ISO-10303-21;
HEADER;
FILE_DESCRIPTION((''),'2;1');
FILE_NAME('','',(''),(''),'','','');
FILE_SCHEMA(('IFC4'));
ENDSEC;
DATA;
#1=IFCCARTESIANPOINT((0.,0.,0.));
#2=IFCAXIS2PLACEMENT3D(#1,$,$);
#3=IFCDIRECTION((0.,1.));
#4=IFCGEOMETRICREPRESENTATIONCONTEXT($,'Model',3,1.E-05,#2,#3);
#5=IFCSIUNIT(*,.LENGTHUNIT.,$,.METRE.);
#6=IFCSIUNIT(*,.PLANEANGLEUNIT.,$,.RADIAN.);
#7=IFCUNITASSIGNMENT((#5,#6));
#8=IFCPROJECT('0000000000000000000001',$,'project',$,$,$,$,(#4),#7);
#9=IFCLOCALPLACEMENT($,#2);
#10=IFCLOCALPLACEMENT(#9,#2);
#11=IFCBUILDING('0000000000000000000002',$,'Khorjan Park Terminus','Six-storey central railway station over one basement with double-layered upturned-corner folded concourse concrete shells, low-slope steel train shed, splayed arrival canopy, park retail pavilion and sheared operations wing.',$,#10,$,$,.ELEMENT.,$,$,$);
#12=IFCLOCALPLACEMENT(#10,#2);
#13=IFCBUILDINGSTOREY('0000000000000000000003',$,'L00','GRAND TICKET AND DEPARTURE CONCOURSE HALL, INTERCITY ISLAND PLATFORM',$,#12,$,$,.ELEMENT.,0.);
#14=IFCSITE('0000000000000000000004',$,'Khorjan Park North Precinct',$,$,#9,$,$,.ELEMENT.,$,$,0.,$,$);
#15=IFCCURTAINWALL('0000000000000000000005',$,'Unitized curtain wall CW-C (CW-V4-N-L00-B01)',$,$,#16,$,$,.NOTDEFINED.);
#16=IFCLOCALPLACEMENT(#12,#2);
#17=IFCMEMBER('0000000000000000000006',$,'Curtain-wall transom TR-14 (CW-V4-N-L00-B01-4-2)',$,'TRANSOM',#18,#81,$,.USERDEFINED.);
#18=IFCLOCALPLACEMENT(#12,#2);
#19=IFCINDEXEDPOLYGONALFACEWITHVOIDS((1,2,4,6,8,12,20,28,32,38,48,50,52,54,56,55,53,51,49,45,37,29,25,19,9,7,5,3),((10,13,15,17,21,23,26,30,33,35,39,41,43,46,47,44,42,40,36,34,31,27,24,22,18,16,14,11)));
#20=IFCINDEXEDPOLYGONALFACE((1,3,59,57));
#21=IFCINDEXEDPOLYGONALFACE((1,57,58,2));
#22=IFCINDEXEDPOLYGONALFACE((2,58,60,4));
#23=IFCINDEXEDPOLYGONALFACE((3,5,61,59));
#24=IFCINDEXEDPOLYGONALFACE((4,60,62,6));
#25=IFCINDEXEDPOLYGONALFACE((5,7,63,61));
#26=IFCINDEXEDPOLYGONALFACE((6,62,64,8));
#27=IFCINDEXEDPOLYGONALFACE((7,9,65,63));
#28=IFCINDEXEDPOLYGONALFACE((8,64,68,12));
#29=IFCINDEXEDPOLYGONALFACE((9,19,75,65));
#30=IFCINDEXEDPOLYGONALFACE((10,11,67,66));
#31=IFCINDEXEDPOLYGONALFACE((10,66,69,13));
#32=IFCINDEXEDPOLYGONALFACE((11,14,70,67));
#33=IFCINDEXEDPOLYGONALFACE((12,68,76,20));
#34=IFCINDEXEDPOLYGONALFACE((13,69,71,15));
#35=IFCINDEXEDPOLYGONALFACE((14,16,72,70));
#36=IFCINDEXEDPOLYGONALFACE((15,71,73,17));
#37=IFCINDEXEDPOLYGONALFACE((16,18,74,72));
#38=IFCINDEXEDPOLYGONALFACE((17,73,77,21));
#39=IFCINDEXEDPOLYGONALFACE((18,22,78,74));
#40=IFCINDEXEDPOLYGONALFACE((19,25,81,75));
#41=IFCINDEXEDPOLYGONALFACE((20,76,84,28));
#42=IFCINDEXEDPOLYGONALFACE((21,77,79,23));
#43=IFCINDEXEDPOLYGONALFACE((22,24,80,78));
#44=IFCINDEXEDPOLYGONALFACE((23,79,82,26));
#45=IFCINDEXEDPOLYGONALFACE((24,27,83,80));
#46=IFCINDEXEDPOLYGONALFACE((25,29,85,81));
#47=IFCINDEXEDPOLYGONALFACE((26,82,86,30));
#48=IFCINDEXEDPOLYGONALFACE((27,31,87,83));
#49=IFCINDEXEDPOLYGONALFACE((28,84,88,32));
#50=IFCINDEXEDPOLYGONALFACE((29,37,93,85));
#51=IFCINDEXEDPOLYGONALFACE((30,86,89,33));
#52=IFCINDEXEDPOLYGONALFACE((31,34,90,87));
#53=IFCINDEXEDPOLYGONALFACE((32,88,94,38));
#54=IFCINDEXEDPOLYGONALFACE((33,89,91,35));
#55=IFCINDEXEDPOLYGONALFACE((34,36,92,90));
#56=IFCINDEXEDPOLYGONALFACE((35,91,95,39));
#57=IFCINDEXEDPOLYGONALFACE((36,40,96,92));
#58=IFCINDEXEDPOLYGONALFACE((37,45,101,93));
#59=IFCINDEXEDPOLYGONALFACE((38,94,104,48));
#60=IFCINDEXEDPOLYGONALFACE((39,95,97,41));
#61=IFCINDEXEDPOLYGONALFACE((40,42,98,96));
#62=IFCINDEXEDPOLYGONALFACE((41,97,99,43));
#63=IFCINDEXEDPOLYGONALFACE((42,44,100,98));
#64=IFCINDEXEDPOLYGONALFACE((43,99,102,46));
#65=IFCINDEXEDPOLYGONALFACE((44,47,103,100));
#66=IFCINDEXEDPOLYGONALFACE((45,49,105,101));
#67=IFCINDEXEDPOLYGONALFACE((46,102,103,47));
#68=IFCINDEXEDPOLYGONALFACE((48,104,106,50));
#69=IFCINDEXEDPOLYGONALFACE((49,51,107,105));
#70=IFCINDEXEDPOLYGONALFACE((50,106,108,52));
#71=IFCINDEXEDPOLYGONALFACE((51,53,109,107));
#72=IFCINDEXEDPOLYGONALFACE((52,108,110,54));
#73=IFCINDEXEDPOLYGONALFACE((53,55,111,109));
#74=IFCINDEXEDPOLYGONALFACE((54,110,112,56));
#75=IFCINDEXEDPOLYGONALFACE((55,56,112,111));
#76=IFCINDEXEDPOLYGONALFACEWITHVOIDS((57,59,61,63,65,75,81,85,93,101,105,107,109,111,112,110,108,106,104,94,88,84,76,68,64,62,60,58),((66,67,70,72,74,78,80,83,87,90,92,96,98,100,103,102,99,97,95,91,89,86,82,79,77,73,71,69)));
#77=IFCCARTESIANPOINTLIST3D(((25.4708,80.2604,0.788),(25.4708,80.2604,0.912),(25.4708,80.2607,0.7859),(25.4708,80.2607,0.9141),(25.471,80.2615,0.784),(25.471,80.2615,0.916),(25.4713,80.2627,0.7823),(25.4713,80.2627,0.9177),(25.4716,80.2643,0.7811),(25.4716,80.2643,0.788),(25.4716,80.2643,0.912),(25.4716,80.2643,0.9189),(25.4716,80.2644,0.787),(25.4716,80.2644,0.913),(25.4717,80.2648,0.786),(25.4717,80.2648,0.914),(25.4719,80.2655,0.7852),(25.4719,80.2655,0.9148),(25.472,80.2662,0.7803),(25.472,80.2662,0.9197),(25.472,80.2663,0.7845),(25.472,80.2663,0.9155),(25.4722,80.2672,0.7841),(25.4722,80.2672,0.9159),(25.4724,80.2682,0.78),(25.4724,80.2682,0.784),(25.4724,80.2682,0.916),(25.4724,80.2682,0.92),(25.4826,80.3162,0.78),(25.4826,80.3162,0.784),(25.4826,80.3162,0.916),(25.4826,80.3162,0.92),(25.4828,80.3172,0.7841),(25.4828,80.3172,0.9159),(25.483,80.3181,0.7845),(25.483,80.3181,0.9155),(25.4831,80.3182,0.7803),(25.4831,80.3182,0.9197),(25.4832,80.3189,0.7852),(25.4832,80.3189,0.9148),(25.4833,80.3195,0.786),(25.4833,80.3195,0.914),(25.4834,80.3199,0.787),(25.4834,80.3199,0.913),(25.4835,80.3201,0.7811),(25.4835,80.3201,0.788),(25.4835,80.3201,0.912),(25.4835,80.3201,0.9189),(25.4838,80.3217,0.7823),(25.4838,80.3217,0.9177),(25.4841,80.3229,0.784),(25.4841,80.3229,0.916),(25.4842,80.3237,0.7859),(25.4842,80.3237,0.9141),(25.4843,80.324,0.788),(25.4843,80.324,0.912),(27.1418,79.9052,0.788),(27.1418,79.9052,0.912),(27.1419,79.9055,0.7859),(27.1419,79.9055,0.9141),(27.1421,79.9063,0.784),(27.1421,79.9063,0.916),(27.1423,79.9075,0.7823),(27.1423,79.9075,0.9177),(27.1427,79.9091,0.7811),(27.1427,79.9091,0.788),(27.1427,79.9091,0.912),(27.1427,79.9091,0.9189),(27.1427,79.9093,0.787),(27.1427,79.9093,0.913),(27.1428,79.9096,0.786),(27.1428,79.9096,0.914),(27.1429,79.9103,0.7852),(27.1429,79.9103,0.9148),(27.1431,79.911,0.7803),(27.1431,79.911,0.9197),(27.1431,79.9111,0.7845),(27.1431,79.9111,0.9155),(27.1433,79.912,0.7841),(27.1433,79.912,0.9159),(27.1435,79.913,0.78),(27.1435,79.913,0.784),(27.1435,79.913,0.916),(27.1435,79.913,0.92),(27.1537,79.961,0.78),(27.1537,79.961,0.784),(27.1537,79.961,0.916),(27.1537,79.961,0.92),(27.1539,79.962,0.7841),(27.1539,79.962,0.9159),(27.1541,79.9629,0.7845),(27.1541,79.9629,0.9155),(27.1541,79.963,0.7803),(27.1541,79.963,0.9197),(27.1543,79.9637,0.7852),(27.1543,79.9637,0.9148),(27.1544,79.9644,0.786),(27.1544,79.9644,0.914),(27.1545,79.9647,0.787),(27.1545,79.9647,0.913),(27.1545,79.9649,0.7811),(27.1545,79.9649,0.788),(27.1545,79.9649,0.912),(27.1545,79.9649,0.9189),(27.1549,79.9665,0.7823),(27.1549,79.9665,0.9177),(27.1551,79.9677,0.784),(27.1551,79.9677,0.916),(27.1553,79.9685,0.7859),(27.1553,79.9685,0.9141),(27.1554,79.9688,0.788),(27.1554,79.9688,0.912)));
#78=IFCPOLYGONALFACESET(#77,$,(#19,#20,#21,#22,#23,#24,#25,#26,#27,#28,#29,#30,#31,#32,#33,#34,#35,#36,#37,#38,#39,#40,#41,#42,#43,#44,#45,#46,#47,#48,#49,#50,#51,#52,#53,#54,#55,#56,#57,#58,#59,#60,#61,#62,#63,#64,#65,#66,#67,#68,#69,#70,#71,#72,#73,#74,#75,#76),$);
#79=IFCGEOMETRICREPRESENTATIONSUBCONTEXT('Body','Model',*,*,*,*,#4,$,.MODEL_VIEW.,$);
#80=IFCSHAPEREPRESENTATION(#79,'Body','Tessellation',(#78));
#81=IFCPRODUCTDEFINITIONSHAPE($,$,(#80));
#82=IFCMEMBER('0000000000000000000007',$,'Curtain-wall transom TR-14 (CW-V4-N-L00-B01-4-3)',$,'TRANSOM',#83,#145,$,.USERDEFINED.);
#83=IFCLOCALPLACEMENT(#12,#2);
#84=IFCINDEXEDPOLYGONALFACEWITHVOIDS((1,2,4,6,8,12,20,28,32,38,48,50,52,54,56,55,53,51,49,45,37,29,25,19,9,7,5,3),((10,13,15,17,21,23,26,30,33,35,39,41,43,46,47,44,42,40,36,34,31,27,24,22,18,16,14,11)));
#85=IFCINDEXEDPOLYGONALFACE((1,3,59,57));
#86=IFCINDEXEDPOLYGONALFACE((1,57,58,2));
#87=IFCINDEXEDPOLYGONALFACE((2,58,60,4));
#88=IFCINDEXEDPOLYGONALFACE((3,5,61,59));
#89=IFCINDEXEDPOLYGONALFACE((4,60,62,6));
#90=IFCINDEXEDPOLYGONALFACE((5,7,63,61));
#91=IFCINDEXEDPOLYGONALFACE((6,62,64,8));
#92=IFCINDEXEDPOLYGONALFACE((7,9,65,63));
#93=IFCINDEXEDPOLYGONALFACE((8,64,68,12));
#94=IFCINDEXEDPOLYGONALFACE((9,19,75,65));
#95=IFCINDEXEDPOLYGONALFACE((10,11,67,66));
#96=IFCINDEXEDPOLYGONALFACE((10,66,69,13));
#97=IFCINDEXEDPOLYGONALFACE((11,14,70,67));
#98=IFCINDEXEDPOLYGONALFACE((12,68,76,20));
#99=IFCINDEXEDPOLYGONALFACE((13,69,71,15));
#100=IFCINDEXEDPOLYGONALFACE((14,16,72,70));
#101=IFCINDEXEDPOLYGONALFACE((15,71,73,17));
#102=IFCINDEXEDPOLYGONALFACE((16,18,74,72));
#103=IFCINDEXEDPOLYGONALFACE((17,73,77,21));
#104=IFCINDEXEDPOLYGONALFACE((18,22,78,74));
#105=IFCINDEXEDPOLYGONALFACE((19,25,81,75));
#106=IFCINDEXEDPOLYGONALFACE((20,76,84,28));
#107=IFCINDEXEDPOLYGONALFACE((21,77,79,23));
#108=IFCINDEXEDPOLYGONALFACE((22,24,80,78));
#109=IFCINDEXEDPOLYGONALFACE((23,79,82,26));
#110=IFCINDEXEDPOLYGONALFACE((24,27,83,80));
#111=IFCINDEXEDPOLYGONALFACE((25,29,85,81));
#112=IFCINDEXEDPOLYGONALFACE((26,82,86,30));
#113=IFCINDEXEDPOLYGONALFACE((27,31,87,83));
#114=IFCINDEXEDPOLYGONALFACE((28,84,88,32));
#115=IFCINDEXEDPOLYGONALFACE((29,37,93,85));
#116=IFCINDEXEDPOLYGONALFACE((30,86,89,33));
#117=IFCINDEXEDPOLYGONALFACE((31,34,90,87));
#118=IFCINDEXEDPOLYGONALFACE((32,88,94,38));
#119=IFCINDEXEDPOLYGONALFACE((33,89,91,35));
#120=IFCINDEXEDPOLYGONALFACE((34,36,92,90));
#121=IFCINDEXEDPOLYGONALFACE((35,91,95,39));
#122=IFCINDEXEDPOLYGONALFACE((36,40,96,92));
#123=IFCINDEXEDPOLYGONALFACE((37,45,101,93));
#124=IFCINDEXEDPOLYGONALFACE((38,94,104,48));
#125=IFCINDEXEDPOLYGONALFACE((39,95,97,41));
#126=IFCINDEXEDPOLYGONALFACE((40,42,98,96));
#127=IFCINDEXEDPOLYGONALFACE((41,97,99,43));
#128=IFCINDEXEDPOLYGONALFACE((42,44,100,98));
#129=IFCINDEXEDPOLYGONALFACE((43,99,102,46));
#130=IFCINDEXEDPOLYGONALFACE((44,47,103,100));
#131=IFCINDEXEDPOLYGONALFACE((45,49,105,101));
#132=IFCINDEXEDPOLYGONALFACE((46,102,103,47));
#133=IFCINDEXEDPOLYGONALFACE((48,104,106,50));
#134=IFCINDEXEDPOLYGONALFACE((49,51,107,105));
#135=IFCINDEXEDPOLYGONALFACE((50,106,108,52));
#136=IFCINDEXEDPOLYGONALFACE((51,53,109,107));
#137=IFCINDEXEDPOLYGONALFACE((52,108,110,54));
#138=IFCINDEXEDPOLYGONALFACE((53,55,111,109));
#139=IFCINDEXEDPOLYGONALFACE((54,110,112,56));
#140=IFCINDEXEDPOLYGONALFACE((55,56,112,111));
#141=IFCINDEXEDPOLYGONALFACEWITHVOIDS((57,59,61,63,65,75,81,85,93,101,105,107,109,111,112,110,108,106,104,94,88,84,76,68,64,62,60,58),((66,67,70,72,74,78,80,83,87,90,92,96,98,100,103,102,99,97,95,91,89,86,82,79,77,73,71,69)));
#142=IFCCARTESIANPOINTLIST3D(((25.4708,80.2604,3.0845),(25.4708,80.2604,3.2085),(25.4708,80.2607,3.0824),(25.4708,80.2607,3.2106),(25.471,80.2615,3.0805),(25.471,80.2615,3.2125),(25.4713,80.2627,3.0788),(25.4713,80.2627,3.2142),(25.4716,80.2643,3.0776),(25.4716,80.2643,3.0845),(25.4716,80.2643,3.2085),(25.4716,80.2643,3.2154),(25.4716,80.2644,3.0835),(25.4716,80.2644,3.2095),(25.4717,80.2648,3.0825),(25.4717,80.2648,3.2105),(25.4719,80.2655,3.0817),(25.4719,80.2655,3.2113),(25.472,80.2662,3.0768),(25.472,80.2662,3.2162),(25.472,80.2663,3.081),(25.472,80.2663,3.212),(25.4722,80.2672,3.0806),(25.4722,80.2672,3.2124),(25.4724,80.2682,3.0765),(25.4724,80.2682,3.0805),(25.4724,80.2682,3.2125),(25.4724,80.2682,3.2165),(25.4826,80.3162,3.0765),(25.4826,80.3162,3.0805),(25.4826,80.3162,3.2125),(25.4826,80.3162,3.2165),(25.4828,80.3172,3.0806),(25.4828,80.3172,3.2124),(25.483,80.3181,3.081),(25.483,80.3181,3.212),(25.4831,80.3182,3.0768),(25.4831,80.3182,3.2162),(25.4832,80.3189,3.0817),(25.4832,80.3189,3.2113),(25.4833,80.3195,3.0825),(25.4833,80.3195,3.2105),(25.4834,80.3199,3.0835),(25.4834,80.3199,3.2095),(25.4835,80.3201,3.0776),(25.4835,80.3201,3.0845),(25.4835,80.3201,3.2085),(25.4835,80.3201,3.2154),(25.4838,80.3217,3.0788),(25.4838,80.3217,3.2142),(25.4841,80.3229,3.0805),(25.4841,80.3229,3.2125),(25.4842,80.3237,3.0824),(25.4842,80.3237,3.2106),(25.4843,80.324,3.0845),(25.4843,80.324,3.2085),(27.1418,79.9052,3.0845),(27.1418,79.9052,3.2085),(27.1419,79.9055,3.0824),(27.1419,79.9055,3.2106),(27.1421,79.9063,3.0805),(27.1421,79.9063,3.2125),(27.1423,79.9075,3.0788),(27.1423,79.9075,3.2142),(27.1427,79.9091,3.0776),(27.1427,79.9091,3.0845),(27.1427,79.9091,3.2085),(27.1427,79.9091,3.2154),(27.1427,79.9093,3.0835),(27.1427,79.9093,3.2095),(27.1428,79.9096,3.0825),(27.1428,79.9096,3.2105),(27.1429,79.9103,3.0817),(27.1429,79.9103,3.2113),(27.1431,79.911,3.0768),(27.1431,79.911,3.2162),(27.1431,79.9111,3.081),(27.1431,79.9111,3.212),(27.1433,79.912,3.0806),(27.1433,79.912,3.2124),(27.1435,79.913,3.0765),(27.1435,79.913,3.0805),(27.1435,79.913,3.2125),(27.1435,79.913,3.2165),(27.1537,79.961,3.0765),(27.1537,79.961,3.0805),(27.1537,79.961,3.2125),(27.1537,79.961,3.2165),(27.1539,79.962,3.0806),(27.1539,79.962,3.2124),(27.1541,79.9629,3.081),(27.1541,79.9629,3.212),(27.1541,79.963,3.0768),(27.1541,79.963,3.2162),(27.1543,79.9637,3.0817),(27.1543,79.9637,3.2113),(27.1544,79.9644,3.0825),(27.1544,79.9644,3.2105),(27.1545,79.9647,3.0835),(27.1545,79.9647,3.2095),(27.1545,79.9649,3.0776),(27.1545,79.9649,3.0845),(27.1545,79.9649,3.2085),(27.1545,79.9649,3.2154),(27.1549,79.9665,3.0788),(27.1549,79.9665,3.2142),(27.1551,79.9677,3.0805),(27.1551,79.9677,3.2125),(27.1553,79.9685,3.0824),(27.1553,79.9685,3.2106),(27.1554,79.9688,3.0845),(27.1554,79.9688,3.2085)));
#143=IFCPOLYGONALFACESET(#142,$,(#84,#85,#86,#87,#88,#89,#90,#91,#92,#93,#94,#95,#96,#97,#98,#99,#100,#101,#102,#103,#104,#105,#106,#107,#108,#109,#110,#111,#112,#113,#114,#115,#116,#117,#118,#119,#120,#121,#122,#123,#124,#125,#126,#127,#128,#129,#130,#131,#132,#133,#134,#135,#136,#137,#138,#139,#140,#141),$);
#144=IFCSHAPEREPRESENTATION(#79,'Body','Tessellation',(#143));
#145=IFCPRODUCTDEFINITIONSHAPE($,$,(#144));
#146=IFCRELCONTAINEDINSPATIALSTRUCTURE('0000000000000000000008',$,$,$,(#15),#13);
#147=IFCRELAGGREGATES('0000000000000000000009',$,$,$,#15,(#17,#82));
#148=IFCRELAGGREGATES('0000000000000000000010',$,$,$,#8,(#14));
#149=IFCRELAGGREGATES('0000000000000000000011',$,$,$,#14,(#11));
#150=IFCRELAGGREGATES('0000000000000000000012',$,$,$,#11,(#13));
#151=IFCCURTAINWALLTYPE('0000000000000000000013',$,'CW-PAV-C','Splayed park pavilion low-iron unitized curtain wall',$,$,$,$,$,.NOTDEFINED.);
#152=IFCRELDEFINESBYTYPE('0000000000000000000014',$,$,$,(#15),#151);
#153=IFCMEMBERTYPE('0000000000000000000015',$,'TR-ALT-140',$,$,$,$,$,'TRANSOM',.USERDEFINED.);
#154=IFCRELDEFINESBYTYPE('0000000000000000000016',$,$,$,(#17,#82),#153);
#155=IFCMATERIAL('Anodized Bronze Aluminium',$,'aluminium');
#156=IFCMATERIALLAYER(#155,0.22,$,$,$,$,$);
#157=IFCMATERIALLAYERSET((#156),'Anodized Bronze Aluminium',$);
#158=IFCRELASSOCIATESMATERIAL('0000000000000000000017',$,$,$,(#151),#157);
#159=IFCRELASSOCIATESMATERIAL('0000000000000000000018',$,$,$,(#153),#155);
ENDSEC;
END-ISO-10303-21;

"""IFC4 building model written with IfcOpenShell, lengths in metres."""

from ifc_helpers import new_model, si_unit, direction, frame, origin, origin_2d, place, context, subcontext, project, spatial, hollow_rectangle, extrude, material, layer, layer_set, material_profile, profile_set, type_object, element, aggregate, save


model = new_model("IFC4")

# Units and contexts
model_context = context("Model", 3, precision=1e-05, world=origin(), true_north=direction((0.0, 1.0)))
body_context = subcontext(model_context, "Body", "Model", "MODEL_VIEW")
ifc_project = project(units=[si_unit("LENGTHUNIT", "METRE"), si_unit("PLANEANGLEUNIT", "RADIAN")], contexts=[model_context])

# Site, building, storey
site_placement = place(None, origin())
site = spatial("IfcSite", under=ifc_project, at=site_placement, Name="Khorjan Park North Precinct", CompositionType="ELEMENT", RefElevation=0.0)
building_placement = place(site_placement, origin())
building = spatial("IfcBuilding", under=site, at=building_placement, Name="Khorjan Park Terminus", Description="Six-storey central railway station over one basement with double-layered upturned-corner folded concourse concrete shells, low-slope steel train shed, splayed arrival canopy, park retail pavilion and sheared operations wing.", CompositionType="ELEMENT")
storey_placement = place(building_placement, origin())
storey = spatial("IfcBuildingStorey", under=building, at=storey_placement, Name="L00", Description="GRAND TICKET AND DEPARTURE CONCOURSE HALL, INTERCITY ISLAND PLATFORM", CompositionType="ELEMENT", Elevation=0.0)

# Curtain wall, members
ifc_material_1 = material(Name="Anodized Bronze Aluminium", Category="aluminium")
ifc_layer_1 = layer(ifc_material_1, 0.22)
ifc_layer_set_1 = layer_set([ifc_layer_1], Name="Anodized Bronze Aluminium")
curtain_wall_type = type_object("IfcCurtainWallType", Name="CW-PAV-C", Description="Splayed park pavilion low-iron unitized curtain wall", PredefinedType="NOTDEFINED", material=ifc_layer_set_1)
curtain_wall_placement = place(storey_placement, origin())
curtain_wall = element("IfcCurtainWall", 1, at=curtain_wall_placement, inside=storey, type_object=curtain_wall_type, Name="Unitized curtain wall CW-C (CW-V4-N-L00-B01)", PredefinedType="NOTDEFINED")
ifc_material_profile_1 = material_profile(ifc_material_1, hollow_rectangle(XDim=0.065, YDim=0.14, WallThickness=0.004, InnerFilletRadius=0.004, OuterFilletRadius=0.008, at=origin_2d()), Name="ALT 65x140x4")
ifc_profile_set_1 = profile_set([ifc_material_profile_1], Name="Anodized Bronze Aluminium")
member_type_1 = type_object("IfcMemberType", Name="TR-ALT-140", ElementType="TRANSOM", PredefinedType="USERDEFINED", material=ifc_profile_set_1)
member_1_placement = place(storey_placement, frame((27.1486, 79.937, 0.85), z_axis=(-0.978148, 0.20791, 0.0), x_axis=(-0.20791, -0.978148, 0.0)))
member_1 = element("IfcMember", 2, at=member_1_placement, type_object=member_type_1, Name="Curtain-wall transom TR-14 (CW-V4-N-L00-B01-4-2)", ObjectType="TRANSOM", PredefinedType="USERDEFINED", context=body_context, shape_type="SweptSolid", body=[
    extrude(hollow_rectangle(XDim=0.065, YDim=0.14, WallThickness=0.004, InnerFilletRadius=0.004, OuterFilletRadius=0.008, at=origin_2d()), origin(), (0.0, 0.0, 1.0), 1.7084),
])
member_2_placement = place(storey_placement, frame((27.1486, 79.937, 3.1465), z_axis=(-0.978148, 0.20791, 0.0), x_axis=(-0.20791, -0.978148, 0.0)))
member_2 = element("IfcMember", 3, at=member_2_placement, type_object=member_type_1, Name="Curtain-wall transom TR-14 (CW-V4-N-L00-B01-4-3)", ObjectType="TRANSOM", PredefinedType="USERDEFINED", context=body_context, shape_type="SweptSolid", body=[
    extrude(hollow_rectangle(XDim=0.065, YDim=0.14, WallThickness=0.004, InnerFilletRadius=0.004, OuterFilletRadius=0.008, at=origin_2d()), origin(), (0.0, 0.0, 1.0), 1.7084),
])
aggregate(curtain_wall, [member_1, member_2])

save(model, "model.ifc")
